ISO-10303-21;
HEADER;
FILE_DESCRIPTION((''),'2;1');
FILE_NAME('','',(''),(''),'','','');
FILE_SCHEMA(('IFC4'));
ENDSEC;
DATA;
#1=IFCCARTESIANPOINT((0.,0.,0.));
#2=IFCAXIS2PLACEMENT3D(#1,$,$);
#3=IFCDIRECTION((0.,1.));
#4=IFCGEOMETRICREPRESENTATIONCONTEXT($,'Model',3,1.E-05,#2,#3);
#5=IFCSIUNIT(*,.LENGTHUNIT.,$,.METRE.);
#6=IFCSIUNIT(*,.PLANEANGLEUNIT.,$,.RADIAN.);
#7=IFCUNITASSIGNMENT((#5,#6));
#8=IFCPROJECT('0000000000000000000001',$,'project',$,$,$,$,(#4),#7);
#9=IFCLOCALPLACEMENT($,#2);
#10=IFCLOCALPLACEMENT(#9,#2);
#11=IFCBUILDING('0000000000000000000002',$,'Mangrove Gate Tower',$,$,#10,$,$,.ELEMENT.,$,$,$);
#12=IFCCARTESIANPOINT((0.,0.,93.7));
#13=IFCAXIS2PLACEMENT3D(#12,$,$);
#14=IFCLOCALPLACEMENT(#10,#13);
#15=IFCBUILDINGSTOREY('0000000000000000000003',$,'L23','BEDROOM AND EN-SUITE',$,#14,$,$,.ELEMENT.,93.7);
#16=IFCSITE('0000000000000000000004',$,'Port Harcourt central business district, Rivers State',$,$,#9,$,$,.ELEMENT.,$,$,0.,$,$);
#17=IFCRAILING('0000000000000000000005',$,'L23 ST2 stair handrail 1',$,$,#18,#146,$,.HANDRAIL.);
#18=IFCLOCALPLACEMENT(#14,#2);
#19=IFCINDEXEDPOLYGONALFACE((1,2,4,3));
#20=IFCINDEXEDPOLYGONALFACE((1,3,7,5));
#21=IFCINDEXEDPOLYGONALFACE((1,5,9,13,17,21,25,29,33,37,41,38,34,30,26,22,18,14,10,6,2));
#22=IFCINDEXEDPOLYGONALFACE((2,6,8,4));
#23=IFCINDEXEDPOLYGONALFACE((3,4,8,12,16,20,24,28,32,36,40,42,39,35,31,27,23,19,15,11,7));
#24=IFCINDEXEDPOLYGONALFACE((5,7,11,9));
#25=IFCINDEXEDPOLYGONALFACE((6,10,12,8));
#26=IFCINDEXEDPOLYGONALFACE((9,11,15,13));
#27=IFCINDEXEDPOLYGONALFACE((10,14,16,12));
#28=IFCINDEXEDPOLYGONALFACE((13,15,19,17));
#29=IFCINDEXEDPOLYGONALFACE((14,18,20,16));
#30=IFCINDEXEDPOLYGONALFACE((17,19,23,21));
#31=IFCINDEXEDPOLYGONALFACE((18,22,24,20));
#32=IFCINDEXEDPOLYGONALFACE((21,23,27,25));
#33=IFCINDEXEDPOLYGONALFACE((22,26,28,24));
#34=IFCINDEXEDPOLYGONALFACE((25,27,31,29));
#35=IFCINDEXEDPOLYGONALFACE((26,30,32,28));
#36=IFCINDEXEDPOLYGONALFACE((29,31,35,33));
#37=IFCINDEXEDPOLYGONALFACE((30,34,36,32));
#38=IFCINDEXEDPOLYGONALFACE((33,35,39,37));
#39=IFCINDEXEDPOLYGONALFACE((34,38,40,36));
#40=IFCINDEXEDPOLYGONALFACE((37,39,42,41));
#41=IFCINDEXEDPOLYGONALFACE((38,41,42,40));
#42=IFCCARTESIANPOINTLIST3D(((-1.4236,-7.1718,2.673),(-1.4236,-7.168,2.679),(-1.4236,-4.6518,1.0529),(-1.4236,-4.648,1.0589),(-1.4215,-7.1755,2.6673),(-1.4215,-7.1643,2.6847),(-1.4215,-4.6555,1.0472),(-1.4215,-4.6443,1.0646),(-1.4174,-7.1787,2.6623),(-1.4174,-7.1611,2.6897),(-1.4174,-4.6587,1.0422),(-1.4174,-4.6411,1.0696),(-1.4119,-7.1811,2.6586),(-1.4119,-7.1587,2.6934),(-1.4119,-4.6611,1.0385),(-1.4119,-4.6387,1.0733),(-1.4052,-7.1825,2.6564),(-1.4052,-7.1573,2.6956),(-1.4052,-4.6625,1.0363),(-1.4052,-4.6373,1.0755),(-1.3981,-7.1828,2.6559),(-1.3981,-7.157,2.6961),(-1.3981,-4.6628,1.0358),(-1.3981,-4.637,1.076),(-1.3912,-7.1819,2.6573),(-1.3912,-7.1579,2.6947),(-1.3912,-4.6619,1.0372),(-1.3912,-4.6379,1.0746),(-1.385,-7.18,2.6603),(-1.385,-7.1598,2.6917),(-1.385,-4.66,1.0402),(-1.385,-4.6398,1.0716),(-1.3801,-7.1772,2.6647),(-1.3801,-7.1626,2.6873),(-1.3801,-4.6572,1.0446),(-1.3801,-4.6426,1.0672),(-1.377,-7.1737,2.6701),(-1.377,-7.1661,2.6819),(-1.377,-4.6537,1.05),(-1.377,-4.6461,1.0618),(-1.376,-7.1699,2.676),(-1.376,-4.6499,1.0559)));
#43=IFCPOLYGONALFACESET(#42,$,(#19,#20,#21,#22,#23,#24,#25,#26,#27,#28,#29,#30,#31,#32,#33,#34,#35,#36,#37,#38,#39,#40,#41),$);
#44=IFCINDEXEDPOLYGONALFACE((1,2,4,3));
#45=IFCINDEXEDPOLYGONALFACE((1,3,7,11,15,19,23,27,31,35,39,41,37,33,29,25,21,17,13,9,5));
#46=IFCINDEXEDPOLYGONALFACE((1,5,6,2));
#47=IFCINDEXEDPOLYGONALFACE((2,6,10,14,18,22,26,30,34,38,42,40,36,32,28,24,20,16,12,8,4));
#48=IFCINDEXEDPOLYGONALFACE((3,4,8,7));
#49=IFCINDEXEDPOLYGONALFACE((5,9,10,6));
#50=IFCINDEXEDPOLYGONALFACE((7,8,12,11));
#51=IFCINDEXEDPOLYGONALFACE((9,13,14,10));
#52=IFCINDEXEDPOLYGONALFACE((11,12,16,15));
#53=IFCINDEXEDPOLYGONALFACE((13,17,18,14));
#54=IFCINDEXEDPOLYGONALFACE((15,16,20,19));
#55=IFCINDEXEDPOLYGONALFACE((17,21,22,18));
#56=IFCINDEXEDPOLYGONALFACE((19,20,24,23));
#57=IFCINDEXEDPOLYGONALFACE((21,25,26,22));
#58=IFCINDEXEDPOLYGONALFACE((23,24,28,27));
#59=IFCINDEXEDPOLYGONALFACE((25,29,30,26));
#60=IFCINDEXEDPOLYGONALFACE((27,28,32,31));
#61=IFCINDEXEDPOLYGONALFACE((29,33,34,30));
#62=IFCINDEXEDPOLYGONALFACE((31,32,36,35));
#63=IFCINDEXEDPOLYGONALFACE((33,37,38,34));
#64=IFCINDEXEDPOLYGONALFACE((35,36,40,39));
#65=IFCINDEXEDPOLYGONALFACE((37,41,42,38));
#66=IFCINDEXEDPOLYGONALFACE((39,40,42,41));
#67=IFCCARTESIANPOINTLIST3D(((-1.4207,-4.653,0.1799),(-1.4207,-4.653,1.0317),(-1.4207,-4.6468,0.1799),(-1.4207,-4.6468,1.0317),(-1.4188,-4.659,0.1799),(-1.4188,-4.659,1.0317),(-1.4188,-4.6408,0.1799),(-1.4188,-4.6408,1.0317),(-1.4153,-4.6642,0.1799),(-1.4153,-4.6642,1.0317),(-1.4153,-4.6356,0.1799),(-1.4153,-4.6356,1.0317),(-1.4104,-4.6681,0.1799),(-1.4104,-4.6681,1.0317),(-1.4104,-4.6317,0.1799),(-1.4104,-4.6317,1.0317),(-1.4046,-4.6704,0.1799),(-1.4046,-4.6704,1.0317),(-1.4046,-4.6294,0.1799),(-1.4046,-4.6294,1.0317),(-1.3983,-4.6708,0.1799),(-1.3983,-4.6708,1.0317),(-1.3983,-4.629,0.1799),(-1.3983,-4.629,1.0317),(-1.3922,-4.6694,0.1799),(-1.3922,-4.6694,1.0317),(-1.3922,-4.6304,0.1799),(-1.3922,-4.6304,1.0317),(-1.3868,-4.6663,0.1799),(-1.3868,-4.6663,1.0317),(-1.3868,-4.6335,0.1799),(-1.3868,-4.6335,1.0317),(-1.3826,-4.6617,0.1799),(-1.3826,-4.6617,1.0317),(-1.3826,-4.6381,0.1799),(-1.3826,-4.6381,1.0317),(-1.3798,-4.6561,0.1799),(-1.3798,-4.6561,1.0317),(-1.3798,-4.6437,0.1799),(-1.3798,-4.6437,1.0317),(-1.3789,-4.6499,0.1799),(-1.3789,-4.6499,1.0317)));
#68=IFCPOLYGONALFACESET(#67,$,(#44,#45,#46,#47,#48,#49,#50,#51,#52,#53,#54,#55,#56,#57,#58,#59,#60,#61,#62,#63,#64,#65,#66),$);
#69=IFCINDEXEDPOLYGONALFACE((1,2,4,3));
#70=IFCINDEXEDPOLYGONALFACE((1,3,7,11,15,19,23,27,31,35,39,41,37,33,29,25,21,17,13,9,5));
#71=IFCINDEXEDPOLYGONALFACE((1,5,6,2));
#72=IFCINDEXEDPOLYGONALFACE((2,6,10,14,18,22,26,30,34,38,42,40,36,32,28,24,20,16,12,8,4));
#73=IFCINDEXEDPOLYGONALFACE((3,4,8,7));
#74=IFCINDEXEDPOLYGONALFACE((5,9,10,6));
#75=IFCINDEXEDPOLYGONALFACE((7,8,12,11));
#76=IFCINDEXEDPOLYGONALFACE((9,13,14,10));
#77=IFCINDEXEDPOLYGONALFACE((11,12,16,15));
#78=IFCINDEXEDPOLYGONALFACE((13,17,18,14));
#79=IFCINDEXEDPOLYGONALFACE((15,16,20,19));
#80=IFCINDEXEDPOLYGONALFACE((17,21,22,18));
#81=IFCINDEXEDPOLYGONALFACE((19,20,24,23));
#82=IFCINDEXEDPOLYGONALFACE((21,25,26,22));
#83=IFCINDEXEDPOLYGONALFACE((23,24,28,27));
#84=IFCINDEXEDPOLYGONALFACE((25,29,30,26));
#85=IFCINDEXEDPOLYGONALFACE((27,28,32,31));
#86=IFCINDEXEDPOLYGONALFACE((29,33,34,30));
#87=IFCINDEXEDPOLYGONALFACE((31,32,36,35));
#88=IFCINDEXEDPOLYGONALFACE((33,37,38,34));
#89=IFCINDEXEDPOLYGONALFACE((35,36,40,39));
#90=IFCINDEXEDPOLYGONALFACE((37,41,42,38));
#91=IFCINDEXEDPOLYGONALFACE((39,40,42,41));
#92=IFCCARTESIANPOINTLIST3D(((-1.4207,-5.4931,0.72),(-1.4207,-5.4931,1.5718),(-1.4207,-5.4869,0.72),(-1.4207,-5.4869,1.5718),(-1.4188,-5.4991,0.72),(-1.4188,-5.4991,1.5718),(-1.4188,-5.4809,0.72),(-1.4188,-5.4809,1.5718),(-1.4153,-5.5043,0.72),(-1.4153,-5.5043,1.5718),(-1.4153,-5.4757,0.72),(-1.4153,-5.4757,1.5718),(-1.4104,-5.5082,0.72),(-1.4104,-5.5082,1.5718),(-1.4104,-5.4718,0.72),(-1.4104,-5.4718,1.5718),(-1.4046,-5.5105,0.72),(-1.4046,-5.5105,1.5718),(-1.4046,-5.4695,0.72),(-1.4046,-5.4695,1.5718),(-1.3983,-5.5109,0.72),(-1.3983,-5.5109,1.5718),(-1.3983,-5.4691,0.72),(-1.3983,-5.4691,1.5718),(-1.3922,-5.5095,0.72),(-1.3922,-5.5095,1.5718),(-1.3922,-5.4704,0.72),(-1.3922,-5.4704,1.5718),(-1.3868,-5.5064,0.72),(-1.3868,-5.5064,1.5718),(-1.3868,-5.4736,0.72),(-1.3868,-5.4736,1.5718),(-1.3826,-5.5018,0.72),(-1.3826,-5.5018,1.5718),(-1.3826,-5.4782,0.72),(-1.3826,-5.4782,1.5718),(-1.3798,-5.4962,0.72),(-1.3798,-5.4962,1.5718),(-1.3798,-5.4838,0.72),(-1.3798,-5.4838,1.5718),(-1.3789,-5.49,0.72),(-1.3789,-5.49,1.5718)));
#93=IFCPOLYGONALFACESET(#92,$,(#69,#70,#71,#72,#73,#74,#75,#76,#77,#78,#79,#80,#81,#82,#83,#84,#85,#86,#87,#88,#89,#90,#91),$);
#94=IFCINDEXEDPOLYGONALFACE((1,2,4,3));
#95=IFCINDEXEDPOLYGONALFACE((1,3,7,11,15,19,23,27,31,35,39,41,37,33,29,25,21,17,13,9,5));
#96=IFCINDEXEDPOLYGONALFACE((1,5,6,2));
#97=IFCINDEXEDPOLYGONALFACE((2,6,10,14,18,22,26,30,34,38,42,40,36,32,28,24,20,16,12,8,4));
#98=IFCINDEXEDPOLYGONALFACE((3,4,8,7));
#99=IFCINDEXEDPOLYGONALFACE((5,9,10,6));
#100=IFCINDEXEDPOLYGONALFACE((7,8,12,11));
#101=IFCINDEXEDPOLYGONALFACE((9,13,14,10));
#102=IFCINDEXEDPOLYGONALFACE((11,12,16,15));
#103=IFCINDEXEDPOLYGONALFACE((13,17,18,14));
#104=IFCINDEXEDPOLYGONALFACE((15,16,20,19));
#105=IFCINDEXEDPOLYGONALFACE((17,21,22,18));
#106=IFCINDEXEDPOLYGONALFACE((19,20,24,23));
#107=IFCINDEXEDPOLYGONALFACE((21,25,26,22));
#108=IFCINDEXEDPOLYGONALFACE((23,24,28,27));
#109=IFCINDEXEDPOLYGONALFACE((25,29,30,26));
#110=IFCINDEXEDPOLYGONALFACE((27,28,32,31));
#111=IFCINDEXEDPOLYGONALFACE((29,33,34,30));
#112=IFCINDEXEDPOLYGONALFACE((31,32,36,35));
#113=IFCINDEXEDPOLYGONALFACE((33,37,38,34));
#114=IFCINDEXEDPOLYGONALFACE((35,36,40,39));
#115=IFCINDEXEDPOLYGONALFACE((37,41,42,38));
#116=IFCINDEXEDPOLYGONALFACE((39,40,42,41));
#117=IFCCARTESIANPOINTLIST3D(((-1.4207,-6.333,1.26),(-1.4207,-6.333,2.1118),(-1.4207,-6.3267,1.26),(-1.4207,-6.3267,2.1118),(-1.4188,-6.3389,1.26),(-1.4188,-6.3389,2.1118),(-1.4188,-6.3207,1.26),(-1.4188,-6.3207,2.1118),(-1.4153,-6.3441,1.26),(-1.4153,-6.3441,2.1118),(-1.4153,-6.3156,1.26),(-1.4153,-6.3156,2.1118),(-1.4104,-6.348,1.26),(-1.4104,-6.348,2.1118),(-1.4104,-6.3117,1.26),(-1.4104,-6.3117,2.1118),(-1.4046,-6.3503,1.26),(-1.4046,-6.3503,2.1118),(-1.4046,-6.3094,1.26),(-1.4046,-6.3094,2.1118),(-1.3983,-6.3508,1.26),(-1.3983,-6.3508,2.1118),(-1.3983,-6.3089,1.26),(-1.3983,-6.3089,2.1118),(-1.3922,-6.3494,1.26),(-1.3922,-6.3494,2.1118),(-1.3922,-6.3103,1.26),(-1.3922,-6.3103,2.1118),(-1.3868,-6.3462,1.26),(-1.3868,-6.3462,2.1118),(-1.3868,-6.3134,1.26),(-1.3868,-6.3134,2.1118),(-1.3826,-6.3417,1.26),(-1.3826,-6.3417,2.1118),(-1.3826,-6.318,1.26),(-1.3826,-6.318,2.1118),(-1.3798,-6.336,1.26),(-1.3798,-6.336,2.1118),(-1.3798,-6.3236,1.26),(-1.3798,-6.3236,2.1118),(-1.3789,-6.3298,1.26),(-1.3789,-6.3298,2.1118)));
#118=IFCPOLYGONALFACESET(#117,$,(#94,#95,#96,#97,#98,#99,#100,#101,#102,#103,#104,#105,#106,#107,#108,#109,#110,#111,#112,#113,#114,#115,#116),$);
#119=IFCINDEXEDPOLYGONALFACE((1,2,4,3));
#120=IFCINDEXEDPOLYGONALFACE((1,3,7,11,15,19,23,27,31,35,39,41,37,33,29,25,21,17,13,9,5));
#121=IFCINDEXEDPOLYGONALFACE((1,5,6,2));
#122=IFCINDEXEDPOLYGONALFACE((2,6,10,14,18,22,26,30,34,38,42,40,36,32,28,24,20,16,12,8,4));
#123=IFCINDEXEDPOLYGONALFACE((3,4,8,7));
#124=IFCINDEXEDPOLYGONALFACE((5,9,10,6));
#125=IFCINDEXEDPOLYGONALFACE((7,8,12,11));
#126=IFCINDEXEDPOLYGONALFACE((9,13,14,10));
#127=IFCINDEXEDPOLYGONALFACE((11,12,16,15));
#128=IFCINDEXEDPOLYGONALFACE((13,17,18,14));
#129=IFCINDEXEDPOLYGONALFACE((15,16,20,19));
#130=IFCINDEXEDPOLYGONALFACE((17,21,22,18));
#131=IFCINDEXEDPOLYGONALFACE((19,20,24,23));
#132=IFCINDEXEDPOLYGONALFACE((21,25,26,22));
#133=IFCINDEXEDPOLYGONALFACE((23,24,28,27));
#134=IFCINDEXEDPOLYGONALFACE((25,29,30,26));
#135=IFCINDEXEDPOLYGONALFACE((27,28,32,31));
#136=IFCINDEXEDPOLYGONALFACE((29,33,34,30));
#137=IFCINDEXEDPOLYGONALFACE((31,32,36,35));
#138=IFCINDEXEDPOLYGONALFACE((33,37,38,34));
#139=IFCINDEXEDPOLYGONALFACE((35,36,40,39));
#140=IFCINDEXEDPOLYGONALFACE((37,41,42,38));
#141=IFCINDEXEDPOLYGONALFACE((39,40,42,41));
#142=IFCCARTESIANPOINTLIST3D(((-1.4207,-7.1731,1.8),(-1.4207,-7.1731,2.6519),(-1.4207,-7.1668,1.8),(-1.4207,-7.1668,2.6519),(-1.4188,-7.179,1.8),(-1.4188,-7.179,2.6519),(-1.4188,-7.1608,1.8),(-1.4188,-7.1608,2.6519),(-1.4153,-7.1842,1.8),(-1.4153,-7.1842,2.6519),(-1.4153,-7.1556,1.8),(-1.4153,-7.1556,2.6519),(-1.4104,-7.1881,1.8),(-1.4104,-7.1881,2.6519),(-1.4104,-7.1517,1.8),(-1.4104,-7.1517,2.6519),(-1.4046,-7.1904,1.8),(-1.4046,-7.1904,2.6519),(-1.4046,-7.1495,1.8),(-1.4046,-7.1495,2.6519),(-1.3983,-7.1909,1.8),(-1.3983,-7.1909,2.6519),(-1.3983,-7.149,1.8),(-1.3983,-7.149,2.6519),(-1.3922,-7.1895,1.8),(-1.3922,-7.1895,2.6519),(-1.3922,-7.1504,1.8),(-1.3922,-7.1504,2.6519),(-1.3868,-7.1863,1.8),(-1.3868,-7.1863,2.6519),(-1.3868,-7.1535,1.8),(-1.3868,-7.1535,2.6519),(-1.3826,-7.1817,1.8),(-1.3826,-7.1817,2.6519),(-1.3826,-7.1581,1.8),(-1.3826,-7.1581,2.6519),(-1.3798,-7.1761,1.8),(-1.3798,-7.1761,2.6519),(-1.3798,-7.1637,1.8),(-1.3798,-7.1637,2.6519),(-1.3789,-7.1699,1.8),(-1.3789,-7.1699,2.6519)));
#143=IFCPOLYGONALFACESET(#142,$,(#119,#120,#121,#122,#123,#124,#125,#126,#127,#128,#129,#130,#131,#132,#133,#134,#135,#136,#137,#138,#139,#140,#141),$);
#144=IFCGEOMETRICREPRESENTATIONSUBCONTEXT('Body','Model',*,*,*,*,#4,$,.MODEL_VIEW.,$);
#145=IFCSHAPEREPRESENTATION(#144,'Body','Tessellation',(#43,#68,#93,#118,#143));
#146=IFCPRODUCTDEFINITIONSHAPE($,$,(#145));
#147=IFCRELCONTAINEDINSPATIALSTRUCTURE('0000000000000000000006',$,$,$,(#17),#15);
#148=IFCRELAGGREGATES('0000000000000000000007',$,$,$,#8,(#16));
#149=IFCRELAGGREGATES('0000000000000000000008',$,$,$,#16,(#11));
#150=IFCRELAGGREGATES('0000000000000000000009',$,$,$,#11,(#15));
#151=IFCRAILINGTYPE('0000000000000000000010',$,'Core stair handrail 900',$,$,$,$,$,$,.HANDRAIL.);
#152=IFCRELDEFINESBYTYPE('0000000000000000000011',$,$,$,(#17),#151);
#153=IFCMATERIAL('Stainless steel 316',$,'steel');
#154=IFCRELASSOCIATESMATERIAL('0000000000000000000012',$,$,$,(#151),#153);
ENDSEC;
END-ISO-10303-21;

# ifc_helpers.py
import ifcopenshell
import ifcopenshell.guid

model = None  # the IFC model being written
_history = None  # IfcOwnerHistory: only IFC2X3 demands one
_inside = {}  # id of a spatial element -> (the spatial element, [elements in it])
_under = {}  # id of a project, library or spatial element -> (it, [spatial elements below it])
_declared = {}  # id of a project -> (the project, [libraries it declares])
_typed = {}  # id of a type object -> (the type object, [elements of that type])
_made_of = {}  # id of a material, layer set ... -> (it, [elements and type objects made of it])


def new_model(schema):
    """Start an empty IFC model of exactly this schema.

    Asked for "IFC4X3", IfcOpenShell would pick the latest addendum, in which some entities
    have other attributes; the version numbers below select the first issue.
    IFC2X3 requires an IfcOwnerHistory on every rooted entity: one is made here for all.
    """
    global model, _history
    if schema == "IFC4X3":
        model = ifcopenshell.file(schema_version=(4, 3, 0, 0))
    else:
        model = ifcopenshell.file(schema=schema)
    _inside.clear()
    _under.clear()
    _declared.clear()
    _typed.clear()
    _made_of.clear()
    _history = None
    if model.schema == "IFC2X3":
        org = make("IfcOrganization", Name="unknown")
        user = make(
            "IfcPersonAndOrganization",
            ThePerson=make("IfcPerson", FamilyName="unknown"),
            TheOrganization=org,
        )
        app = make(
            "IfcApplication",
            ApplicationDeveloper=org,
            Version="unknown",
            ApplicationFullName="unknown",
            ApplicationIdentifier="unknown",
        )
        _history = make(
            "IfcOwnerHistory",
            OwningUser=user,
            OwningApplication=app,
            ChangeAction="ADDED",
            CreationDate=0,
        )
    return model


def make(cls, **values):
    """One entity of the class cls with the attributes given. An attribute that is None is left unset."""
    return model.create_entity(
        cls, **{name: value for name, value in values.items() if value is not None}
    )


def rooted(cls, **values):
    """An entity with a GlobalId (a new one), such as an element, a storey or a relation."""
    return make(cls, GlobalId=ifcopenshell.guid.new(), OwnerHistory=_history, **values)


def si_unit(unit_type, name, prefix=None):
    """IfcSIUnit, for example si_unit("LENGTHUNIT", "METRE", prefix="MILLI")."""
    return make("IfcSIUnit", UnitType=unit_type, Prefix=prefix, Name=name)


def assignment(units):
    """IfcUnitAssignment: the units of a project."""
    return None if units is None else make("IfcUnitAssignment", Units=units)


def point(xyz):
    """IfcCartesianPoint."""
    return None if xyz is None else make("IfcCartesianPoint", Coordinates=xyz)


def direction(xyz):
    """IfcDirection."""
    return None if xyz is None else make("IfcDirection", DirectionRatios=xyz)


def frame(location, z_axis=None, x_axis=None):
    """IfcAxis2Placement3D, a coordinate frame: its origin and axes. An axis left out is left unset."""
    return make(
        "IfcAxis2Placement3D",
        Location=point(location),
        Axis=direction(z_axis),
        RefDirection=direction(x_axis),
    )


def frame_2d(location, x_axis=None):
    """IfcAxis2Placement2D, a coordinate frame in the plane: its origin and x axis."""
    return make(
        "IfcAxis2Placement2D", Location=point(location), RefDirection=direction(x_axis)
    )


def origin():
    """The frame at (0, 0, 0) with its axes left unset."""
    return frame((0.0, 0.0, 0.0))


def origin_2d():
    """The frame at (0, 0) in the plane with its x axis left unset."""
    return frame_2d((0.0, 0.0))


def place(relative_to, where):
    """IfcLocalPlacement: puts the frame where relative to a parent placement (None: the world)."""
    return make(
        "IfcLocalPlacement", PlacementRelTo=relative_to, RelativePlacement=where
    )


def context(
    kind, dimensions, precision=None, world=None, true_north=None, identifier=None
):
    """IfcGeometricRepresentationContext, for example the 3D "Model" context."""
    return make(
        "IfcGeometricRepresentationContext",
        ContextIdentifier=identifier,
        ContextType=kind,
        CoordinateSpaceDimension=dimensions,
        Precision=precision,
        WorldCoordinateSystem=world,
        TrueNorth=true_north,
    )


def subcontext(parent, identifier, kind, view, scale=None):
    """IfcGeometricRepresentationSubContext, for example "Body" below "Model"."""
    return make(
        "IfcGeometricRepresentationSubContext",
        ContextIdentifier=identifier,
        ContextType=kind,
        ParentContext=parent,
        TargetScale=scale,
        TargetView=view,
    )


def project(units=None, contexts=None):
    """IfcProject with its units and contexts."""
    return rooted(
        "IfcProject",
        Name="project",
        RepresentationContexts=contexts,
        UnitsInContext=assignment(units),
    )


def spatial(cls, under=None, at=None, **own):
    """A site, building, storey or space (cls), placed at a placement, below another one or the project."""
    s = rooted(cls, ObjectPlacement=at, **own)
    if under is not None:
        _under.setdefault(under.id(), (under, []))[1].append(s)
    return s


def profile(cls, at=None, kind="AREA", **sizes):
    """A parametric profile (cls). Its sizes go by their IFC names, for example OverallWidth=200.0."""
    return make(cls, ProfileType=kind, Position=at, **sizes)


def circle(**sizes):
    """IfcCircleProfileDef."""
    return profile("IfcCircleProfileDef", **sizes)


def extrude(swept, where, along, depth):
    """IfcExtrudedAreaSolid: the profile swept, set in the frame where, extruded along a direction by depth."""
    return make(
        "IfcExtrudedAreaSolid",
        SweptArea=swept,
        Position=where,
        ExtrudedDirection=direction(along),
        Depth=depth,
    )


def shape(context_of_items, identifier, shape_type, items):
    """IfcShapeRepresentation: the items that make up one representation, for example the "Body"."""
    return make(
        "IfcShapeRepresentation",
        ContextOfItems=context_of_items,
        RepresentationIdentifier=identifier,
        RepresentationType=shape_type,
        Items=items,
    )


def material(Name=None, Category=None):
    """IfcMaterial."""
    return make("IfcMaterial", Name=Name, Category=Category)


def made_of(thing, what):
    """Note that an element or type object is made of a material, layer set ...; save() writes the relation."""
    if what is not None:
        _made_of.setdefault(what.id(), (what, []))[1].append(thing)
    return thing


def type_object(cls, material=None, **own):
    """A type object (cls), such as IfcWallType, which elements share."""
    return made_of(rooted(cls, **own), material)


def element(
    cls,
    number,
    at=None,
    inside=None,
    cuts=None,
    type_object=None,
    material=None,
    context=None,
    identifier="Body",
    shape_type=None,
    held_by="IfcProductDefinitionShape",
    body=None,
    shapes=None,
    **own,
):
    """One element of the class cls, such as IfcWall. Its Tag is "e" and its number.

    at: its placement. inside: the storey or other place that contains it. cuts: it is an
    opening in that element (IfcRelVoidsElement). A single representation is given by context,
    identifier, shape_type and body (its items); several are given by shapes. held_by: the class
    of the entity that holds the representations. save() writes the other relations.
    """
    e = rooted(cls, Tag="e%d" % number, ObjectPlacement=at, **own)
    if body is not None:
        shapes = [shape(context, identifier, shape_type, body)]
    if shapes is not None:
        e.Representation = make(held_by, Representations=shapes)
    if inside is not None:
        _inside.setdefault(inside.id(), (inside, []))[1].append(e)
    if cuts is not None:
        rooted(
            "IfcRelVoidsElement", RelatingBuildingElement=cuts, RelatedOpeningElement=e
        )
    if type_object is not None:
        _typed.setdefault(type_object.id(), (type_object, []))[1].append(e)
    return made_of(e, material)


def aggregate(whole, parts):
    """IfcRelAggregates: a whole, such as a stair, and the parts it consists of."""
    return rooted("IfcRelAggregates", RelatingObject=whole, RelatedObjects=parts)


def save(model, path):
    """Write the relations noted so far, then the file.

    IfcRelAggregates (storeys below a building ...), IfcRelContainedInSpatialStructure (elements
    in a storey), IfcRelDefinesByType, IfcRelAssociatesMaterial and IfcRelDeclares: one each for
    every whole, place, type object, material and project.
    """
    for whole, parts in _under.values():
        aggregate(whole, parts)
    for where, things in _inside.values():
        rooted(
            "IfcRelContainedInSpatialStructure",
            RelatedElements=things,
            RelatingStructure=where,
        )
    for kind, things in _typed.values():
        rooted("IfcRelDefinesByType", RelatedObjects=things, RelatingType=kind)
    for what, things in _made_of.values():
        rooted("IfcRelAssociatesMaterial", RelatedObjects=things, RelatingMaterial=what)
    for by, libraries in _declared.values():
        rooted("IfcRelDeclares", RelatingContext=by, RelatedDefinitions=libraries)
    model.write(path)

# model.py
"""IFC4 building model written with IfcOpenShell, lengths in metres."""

from ifc_helpers import new_model, si_unit, direction, frame, origin, origin_2d, place, context, subcontext, project, spatial, circle, extrude, material, type_object, element, save


model = new_model("IFC4")

# Units and contexts
model_context = context("Model", 3, precision=1e-05, world=origin(), true_north=direction((0.0, 1.0)))
body_context = subcontext(model_context, "Body", "Model", "MODEL_VIEW")
ifc_project = project(units=[si_unit("LENGTHUNIT", "METRE"), si_unit("PLANEANGLEUNIT", "RADIAN")], contexts=[model_context])

# Site, building, storey
site_placement = place(None, origin())
site = spatial("IfcSite", under=ifc_project, at=site_placement, Name="Port Harcourt central business district, Rivers State", CompositionType="ELEMENT", RefElevation=0.0)
building_placement = place(site_placement, origin())
building = spatial("IfcBuilding", under=site, at=building_placement, Name="Mangrove Gate Tower", CompositionType="ELEMENT")
storey_placement = place(building_placement, frame((0.0, 0.0, 93.7)))
storey = spatial("IfcBuildingStorey", under=building, at=storey_placement, Name="L23", Description="BEDROOM AND EN-SUITE", CompositionType="ELEMENT", Elevation=93.7)

# Railing
ifc_material_1 = material(Name="Stainless steel 316", Category="steel")
railing_type_1 = type_object("IfcRailingType", Name="Core stair handrail 900", PredefinedType="HANDRAIL", material=ifc_material_1)
railing_1_placement = place(storey_placement, frame((-1.3999, -4.6499, 0.1799)))
element("IfcRailing", 1, at=railing_1_placement, inside=storey, type_object=railing_type_1, Name="L23 ST2 stair handrail 1", PredefinedType="HANDRAIL", context=body_context, shape_type="SweptSolid", body=[
    extrude(circle(Radius=0.0239, at=origin_2d()), frame((0.0, 0.0, 0.876), z_axis=(0.0, -0.841163, 0.540782), x_axis=(1.0, 0.0, 0.0)), (0.0, 0.0, 1.0), 2.9958),
    extrude(circle(Radius=0.021, at=origin_2d()), origin(), (0.0, 0.0, 1.0), 0.8518),
    extrude(circle(Radius=0.021, at=origin_2d()), frame((0.0, -0.8401, 0.54)), (0.0, 0.0, 1.0), 0.8518),
    extrude(circle(Radius=0.021, at=origin_2d()), frame((0.0, -1.6799, 1.0801)), (0.0, 0.0, 1.0), 0.8518),
    extrude(circle(Radius=0.021, at=origin_2d()), frame((0.0, -2.52, 1.6201)), (0.0, 0.0, 1.0), 0.8518),
])

save(model, "model.ifc")
